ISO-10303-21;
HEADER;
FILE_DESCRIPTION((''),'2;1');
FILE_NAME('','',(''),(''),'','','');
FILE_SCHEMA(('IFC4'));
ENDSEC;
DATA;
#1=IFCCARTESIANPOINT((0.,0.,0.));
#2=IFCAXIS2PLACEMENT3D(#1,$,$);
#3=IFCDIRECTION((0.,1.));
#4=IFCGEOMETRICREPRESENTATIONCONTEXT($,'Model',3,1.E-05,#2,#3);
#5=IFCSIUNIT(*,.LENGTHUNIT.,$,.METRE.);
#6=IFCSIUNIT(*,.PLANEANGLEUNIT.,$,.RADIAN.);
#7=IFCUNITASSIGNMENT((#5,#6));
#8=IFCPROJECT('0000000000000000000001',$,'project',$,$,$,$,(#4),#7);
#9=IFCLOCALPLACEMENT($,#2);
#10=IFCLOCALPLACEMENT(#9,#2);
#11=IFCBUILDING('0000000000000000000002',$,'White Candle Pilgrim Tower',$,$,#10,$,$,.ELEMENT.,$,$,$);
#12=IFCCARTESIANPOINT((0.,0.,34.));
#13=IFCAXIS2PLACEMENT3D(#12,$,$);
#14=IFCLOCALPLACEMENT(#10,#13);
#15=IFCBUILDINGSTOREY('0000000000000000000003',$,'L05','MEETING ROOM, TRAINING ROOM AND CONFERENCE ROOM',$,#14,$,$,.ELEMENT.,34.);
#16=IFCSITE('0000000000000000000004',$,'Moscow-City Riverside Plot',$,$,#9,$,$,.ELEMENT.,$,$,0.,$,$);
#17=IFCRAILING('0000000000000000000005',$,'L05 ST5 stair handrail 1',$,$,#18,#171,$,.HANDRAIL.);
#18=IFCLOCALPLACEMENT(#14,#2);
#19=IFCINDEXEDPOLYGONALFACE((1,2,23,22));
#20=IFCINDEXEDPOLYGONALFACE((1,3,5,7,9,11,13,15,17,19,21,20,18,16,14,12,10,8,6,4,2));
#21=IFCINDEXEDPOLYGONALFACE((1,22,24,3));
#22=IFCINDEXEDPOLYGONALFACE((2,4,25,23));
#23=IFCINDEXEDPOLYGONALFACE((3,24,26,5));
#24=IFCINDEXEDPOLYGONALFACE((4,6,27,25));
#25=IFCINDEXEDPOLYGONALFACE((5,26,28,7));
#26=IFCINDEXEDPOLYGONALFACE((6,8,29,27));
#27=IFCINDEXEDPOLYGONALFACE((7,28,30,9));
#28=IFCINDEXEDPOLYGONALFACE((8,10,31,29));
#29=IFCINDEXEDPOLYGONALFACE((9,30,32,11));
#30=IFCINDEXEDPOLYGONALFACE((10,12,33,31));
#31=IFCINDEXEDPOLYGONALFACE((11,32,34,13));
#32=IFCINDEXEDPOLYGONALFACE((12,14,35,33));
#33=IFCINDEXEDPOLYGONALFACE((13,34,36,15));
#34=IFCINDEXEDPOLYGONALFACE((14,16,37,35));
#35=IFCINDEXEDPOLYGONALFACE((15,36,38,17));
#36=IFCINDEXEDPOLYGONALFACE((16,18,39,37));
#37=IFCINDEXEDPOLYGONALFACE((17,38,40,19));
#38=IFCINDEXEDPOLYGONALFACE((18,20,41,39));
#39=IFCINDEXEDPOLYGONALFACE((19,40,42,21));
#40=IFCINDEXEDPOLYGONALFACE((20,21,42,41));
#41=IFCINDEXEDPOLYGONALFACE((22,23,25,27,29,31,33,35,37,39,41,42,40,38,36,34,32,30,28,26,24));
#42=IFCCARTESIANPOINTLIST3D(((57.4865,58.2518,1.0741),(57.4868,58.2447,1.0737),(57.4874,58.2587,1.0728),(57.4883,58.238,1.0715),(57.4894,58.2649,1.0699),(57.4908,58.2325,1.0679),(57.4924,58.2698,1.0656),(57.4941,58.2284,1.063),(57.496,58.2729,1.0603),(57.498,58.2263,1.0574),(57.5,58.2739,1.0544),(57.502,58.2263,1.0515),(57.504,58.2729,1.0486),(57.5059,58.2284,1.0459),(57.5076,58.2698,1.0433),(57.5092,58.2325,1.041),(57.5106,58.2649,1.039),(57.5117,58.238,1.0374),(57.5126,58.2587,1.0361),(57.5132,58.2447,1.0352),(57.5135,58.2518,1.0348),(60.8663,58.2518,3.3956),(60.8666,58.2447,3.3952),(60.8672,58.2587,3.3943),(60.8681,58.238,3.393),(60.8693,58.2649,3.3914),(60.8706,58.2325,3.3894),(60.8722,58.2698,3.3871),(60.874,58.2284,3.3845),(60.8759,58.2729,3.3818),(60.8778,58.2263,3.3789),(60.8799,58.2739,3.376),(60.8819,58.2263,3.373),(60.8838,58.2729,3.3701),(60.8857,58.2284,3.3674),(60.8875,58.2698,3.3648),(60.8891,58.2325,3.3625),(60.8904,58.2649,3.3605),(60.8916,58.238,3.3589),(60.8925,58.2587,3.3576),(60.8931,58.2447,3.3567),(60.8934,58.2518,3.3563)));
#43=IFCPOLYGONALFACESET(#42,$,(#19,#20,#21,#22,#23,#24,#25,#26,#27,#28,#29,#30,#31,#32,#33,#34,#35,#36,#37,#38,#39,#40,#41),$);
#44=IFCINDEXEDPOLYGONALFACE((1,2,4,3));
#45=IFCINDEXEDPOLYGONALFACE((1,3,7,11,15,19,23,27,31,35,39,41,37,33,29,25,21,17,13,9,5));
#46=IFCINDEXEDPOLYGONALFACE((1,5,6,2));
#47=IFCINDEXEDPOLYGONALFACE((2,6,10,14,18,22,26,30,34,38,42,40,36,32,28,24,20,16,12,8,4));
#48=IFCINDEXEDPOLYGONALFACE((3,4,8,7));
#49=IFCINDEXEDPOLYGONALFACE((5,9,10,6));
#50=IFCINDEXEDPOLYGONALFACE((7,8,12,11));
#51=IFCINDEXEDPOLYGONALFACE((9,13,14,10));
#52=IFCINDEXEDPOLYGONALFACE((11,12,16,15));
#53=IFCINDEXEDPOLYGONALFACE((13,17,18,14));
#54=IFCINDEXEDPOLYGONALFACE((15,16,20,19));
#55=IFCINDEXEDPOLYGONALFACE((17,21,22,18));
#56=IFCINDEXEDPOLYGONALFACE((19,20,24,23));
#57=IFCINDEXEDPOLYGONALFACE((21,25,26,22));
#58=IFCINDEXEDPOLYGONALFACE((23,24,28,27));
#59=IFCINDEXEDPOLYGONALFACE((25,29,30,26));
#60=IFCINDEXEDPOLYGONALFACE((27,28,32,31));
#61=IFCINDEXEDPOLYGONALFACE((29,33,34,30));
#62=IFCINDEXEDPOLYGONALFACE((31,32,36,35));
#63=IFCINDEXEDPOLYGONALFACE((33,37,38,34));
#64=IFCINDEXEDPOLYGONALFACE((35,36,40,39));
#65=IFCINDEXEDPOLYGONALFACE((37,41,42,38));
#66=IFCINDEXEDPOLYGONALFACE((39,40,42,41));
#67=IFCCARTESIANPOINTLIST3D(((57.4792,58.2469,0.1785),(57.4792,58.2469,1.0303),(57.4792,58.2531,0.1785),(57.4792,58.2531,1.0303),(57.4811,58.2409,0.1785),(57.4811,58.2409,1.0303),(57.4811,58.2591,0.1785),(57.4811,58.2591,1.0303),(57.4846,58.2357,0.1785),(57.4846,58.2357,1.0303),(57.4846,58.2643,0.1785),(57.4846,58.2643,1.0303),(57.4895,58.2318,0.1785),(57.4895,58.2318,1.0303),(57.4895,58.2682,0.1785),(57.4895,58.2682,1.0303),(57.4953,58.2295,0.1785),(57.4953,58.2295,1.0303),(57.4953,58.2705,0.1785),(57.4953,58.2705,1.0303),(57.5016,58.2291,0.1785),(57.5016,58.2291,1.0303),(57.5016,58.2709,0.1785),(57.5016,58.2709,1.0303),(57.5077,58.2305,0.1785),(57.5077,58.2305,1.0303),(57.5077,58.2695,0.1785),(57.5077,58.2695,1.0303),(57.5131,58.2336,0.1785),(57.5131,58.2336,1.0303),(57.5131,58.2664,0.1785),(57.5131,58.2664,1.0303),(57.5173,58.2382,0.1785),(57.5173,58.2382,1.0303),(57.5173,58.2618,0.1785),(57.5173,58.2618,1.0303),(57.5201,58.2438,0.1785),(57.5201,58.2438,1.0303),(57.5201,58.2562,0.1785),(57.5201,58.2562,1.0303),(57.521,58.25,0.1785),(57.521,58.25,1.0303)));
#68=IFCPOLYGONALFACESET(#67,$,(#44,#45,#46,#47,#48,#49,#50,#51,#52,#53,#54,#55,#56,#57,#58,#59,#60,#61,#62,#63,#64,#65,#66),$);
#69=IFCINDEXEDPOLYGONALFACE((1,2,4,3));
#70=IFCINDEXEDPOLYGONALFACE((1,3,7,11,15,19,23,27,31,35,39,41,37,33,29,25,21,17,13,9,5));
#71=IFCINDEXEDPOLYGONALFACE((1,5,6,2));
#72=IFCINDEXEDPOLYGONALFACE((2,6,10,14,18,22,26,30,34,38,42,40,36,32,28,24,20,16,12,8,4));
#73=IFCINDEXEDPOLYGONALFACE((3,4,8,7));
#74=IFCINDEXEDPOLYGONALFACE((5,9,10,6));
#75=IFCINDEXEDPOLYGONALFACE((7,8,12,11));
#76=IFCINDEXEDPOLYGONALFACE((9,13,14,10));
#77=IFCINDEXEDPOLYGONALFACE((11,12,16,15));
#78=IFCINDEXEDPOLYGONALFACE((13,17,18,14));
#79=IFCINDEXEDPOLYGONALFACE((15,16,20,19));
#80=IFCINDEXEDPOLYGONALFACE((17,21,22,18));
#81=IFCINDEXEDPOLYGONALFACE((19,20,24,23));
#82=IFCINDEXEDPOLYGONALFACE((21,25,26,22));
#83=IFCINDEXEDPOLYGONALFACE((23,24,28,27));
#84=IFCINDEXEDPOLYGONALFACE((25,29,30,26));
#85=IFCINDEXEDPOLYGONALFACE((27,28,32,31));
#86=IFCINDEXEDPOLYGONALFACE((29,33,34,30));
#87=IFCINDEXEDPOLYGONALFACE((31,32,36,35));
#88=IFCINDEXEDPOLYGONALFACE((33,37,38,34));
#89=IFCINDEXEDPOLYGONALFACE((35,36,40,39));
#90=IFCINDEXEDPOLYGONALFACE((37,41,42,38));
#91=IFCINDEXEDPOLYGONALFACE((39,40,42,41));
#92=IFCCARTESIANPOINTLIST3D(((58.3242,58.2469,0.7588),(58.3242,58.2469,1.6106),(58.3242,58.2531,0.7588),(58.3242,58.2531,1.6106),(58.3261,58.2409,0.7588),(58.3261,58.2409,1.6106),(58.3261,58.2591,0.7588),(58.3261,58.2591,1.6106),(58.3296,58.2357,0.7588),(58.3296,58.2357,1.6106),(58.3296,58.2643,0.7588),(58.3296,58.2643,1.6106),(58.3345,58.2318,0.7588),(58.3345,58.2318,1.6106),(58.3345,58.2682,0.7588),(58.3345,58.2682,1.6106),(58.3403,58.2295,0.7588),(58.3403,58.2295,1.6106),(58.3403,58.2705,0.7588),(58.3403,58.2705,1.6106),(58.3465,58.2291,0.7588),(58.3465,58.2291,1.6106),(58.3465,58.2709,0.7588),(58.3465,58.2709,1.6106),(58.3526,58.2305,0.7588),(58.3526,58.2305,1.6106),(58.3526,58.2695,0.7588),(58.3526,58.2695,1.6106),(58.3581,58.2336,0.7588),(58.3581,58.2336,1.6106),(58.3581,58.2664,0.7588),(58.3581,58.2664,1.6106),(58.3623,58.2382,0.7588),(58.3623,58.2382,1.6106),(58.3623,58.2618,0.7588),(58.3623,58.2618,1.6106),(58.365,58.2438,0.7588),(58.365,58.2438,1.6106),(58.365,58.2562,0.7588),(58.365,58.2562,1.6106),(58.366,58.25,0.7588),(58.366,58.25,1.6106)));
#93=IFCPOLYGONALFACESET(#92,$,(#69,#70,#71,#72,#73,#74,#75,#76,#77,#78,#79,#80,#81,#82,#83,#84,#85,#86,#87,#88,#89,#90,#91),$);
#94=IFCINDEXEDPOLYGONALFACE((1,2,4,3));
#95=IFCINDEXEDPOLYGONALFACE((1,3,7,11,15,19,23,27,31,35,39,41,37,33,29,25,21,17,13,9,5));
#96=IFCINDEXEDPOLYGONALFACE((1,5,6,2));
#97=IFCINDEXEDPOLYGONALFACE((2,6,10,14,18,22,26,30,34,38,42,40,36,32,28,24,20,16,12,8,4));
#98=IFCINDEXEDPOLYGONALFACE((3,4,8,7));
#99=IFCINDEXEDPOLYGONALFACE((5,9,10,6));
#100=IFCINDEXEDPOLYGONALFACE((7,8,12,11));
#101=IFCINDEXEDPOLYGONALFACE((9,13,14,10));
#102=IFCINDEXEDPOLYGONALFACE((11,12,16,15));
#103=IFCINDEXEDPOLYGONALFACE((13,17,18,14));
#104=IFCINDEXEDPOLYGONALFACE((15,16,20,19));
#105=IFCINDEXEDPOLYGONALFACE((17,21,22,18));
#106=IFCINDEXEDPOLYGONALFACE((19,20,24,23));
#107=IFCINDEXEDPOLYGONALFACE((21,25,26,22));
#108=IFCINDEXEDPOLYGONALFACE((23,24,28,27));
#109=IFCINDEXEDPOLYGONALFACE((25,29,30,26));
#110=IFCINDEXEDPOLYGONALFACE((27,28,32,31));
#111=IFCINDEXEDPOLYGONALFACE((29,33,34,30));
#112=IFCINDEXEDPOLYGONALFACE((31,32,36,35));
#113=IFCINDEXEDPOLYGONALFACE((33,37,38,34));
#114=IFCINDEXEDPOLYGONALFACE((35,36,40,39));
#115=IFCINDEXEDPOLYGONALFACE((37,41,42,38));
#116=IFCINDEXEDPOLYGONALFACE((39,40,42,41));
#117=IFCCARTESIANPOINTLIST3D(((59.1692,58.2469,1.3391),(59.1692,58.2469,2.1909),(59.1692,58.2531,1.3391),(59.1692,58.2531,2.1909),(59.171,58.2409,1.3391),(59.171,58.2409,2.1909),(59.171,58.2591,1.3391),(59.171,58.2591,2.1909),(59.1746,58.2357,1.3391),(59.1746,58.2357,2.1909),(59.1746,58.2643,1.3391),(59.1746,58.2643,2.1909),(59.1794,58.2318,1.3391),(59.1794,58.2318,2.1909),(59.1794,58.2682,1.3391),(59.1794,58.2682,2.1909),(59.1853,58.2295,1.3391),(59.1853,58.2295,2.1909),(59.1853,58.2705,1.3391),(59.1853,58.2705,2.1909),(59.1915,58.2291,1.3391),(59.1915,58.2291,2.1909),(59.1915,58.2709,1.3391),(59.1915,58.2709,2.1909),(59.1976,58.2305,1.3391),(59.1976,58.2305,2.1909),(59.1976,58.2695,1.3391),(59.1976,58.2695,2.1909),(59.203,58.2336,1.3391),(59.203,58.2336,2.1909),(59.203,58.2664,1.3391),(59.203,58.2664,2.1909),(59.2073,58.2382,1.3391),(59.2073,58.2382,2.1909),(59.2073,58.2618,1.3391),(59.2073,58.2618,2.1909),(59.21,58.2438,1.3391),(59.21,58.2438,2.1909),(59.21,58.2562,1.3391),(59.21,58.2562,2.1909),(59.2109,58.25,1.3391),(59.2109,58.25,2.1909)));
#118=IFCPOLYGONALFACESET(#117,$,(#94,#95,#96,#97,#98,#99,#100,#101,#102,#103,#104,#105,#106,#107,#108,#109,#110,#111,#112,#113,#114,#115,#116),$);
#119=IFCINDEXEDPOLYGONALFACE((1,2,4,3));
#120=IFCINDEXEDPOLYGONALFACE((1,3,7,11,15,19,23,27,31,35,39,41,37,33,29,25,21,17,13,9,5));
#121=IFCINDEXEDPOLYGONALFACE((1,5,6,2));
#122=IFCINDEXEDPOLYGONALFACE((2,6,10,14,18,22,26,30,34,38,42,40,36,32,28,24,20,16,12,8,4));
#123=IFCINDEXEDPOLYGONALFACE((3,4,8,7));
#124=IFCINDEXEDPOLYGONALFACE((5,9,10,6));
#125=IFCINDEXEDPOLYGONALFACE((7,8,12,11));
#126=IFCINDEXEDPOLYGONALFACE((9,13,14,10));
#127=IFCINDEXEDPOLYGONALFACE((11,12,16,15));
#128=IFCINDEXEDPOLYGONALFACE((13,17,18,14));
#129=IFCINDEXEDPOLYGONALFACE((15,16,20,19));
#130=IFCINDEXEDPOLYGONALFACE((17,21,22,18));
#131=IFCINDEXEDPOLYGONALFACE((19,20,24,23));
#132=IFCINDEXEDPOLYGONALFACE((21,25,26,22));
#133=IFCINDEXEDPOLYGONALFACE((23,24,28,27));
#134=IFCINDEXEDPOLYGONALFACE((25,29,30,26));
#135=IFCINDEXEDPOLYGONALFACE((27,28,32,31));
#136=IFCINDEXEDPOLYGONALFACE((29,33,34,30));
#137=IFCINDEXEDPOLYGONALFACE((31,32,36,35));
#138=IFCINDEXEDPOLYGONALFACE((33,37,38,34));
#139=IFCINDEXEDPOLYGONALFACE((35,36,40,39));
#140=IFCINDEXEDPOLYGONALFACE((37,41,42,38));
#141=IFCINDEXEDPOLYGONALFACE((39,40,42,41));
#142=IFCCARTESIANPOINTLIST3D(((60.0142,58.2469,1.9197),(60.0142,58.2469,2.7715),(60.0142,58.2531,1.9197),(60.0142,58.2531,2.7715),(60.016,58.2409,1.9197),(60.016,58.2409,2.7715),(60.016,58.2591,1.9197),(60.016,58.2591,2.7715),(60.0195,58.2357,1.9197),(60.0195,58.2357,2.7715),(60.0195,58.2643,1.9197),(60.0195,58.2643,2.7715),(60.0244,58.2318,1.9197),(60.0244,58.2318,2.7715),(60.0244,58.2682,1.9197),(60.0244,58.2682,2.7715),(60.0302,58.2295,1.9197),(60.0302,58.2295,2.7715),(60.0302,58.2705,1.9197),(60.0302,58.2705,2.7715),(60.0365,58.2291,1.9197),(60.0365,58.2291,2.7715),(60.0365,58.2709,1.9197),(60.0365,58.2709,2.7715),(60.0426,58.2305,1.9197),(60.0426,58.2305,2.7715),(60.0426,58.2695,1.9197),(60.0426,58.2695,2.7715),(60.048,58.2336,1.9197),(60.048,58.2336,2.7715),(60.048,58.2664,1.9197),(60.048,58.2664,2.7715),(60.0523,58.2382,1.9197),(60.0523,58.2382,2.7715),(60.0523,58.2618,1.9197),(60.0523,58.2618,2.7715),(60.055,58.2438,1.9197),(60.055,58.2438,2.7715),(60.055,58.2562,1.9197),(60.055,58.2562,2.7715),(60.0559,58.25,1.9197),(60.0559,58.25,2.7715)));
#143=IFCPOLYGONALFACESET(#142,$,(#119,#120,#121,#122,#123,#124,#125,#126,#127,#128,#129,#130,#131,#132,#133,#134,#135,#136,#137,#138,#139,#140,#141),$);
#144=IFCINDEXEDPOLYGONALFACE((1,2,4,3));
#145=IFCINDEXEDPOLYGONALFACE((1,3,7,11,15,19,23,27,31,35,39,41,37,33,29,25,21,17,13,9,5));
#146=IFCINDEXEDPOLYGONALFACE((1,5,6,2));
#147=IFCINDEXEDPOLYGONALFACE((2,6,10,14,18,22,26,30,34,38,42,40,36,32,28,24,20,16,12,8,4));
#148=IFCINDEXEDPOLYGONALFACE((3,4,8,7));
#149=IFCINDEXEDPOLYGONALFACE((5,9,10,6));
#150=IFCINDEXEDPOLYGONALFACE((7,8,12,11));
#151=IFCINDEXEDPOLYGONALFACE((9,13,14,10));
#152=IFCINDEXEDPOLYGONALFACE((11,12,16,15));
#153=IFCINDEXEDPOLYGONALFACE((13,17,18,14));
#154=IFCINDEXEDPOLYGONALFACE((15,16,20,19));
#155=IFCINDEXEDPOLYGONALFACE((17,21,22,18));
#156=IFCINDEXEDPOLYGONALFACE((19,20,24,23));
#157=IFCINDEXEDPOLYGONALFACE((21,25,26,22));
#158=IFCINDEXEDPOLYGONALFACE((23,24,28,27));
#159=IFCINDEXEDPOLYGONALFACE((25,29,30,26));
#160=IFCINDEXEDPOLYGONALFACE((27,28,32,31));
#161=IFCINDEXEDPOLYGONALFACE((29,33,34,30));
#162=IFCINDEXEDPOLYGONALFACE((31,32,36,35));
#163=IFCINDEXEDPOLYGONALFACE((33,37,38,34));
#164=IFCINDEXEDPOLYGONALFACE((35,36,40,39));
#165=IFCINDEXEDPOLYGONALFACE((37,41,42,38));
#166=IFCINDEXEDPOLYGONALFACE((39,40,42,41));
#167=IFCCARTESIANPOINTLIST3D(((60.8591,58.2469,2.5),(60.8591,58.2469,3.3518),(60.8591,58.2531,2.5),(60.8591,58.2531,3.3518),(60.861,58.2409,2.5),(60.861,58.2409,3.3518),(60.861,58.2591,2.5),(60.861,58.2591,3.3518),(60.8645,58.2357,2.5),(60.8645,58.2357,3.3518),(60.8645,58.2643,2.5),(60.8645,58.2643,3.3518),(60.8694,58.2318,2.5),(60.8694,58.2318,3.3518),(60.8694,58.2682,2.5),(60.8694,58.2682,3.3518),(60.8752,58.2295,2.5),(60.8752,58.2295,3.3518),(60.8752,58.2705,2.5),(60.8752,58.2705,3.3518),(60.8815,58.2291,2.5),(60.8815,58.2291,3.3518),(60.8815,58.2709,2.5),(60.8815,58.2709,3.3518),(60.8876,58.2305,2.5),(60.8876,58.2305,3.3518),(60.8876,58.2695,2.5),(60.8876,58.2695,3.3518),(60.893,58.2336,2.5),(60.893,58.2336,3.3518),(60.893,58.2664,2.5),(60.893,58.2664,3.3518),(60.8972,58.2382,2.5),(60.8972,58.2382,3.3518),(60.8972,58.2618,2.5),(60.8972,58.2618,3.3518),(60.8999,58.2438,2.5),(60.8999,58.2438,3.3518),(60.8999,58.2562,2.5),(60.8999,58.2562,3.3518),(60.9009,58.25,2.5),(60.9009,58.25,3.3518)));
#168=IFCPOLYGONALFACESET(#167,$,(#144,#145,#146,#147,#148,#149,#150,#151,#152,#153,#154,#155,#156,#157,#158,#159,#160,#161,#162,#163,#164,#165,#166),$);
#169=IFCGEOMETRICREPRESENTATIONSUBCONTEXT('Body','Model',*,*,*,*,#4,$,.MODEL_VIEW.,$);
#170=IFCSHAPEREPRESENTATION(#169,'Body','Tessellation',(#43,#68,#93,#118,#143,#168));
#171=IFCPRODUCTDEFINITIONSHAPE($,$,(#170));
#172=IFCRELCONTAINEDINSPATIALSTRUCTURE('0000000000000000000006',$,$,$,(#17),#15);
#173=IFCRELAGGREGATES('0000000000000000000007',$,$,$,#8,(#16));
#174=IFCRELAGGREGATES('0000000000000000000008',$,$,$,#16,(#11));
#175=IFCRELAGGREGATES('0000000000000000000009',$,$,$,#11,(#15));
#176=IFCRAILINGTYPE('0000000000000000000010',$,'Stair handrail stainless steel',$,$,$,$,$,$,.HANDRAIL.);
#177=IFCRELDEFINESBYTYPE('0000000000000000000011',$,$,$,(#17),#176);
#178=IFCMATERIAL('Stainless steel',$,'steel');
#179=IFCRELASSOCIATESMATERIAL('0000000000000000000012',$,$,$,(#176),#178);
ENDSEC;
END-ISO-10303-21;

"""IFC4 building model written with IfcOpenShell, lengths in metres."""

from ifc_helpers import new_model, si_unit, direction, frame, origin, origin_2d, place, context, subcontext, project, spatial, circle, extrude, material, type_object, element, save


model = new_model("IFC4")

# Units and contexts
model_context = context("Model", 3, precision=1e-05, world=origin(), true_north=direction((0.0, 1.0)))
body_context = subcontext(model_context, "Body", "Model", "MODEL_VIEW")
ifc_project = project(units=[si_unit("LENGTHUNIT", "METRE"), si_unit("PLANEANGLEUNIT", "RADIAN")], contexts=[model_context])

# Site, building, storey
site_placement = place(None, origin())
site = spatial("IfcSite", under=ifc_project, at=site_placement, Name="Moscow-City Riverside Plot", CompositionType="ELEMENT", RefElevation=0.0)
building_placement = place(site_placement, origin())
building = spatial("IfcBuilding", under=site, at=building_placement, Name="White Candle Pilgrim Tower", CompositionType="ELEMENT")
storey_placement = place(building_placement, frame((0.0, 0.0, 34.0)))
storey = spatial("IfcBuildingStorey", under=building, at=storey_placement, Name="L05", Description="MEETING ROOM, TRAINING ROOM AND CONFERENCE ROOM", CompositionType="ELEMENT", Elevation=34.0)

# Railing
ifc_material_1 = material(Name="Stainless steel", Category="steel")
railing_type_1 = type_object("IfcRailingType", Name="Stair handrail stainless steel", PredefinedType="HANDRAIL", material=ifc_material_1)
railing_1_placement = place(storey_placement, frame((57.5, 58.25, 0.1785)))
element("IfcRailing", 1, at=railing_1_placement, inside=storey, type_object=railing_type_1, Name="L05 ST5 stair handrail 1", PredefinedType="HANDRAIL", context=body_context, shape_type="SweptSolid", body=[
    extrude(circle(Radius=0.0239, at=origin_2d()), frame((0.0, 0.0, 0.876), z_axis=(0.824285, 0.0, 0.566175), x_axis=(0.0, 1.0, 0.0)), (0.0, 0.0, 1.0), 4.1003),
    extrude(circle(Radius=0.021, at=origin_2d()), origin(), (0.0, 0.0, 1.0), 0.8518),
    extrude(circle(Radius=0.021, at=origin_2d()), frame((0.845, 0.0, 0.5803)), (0.0, 0.0, 1.0), 0.8518),
    extrude(circle(Radius=0.021, at=origin_2d()), frame((1.6899, 0.0, 1.1606)), (0.0, 0.0, 1.0), 0.8518),
    extrude(circle(Radius=0.021, at=origin_2d()), frame((2.5349, 0.0, 1.7412)), (0.0, 0.0, 1.0), 0.8518),
    extrude(circle(Radius=0.021, at=origin_2d()), frame((3.3799, 0.0, 2.3215)), (0.0, 0.0, 1.0), 0.8518),
])

save(model, "model.ifc")
